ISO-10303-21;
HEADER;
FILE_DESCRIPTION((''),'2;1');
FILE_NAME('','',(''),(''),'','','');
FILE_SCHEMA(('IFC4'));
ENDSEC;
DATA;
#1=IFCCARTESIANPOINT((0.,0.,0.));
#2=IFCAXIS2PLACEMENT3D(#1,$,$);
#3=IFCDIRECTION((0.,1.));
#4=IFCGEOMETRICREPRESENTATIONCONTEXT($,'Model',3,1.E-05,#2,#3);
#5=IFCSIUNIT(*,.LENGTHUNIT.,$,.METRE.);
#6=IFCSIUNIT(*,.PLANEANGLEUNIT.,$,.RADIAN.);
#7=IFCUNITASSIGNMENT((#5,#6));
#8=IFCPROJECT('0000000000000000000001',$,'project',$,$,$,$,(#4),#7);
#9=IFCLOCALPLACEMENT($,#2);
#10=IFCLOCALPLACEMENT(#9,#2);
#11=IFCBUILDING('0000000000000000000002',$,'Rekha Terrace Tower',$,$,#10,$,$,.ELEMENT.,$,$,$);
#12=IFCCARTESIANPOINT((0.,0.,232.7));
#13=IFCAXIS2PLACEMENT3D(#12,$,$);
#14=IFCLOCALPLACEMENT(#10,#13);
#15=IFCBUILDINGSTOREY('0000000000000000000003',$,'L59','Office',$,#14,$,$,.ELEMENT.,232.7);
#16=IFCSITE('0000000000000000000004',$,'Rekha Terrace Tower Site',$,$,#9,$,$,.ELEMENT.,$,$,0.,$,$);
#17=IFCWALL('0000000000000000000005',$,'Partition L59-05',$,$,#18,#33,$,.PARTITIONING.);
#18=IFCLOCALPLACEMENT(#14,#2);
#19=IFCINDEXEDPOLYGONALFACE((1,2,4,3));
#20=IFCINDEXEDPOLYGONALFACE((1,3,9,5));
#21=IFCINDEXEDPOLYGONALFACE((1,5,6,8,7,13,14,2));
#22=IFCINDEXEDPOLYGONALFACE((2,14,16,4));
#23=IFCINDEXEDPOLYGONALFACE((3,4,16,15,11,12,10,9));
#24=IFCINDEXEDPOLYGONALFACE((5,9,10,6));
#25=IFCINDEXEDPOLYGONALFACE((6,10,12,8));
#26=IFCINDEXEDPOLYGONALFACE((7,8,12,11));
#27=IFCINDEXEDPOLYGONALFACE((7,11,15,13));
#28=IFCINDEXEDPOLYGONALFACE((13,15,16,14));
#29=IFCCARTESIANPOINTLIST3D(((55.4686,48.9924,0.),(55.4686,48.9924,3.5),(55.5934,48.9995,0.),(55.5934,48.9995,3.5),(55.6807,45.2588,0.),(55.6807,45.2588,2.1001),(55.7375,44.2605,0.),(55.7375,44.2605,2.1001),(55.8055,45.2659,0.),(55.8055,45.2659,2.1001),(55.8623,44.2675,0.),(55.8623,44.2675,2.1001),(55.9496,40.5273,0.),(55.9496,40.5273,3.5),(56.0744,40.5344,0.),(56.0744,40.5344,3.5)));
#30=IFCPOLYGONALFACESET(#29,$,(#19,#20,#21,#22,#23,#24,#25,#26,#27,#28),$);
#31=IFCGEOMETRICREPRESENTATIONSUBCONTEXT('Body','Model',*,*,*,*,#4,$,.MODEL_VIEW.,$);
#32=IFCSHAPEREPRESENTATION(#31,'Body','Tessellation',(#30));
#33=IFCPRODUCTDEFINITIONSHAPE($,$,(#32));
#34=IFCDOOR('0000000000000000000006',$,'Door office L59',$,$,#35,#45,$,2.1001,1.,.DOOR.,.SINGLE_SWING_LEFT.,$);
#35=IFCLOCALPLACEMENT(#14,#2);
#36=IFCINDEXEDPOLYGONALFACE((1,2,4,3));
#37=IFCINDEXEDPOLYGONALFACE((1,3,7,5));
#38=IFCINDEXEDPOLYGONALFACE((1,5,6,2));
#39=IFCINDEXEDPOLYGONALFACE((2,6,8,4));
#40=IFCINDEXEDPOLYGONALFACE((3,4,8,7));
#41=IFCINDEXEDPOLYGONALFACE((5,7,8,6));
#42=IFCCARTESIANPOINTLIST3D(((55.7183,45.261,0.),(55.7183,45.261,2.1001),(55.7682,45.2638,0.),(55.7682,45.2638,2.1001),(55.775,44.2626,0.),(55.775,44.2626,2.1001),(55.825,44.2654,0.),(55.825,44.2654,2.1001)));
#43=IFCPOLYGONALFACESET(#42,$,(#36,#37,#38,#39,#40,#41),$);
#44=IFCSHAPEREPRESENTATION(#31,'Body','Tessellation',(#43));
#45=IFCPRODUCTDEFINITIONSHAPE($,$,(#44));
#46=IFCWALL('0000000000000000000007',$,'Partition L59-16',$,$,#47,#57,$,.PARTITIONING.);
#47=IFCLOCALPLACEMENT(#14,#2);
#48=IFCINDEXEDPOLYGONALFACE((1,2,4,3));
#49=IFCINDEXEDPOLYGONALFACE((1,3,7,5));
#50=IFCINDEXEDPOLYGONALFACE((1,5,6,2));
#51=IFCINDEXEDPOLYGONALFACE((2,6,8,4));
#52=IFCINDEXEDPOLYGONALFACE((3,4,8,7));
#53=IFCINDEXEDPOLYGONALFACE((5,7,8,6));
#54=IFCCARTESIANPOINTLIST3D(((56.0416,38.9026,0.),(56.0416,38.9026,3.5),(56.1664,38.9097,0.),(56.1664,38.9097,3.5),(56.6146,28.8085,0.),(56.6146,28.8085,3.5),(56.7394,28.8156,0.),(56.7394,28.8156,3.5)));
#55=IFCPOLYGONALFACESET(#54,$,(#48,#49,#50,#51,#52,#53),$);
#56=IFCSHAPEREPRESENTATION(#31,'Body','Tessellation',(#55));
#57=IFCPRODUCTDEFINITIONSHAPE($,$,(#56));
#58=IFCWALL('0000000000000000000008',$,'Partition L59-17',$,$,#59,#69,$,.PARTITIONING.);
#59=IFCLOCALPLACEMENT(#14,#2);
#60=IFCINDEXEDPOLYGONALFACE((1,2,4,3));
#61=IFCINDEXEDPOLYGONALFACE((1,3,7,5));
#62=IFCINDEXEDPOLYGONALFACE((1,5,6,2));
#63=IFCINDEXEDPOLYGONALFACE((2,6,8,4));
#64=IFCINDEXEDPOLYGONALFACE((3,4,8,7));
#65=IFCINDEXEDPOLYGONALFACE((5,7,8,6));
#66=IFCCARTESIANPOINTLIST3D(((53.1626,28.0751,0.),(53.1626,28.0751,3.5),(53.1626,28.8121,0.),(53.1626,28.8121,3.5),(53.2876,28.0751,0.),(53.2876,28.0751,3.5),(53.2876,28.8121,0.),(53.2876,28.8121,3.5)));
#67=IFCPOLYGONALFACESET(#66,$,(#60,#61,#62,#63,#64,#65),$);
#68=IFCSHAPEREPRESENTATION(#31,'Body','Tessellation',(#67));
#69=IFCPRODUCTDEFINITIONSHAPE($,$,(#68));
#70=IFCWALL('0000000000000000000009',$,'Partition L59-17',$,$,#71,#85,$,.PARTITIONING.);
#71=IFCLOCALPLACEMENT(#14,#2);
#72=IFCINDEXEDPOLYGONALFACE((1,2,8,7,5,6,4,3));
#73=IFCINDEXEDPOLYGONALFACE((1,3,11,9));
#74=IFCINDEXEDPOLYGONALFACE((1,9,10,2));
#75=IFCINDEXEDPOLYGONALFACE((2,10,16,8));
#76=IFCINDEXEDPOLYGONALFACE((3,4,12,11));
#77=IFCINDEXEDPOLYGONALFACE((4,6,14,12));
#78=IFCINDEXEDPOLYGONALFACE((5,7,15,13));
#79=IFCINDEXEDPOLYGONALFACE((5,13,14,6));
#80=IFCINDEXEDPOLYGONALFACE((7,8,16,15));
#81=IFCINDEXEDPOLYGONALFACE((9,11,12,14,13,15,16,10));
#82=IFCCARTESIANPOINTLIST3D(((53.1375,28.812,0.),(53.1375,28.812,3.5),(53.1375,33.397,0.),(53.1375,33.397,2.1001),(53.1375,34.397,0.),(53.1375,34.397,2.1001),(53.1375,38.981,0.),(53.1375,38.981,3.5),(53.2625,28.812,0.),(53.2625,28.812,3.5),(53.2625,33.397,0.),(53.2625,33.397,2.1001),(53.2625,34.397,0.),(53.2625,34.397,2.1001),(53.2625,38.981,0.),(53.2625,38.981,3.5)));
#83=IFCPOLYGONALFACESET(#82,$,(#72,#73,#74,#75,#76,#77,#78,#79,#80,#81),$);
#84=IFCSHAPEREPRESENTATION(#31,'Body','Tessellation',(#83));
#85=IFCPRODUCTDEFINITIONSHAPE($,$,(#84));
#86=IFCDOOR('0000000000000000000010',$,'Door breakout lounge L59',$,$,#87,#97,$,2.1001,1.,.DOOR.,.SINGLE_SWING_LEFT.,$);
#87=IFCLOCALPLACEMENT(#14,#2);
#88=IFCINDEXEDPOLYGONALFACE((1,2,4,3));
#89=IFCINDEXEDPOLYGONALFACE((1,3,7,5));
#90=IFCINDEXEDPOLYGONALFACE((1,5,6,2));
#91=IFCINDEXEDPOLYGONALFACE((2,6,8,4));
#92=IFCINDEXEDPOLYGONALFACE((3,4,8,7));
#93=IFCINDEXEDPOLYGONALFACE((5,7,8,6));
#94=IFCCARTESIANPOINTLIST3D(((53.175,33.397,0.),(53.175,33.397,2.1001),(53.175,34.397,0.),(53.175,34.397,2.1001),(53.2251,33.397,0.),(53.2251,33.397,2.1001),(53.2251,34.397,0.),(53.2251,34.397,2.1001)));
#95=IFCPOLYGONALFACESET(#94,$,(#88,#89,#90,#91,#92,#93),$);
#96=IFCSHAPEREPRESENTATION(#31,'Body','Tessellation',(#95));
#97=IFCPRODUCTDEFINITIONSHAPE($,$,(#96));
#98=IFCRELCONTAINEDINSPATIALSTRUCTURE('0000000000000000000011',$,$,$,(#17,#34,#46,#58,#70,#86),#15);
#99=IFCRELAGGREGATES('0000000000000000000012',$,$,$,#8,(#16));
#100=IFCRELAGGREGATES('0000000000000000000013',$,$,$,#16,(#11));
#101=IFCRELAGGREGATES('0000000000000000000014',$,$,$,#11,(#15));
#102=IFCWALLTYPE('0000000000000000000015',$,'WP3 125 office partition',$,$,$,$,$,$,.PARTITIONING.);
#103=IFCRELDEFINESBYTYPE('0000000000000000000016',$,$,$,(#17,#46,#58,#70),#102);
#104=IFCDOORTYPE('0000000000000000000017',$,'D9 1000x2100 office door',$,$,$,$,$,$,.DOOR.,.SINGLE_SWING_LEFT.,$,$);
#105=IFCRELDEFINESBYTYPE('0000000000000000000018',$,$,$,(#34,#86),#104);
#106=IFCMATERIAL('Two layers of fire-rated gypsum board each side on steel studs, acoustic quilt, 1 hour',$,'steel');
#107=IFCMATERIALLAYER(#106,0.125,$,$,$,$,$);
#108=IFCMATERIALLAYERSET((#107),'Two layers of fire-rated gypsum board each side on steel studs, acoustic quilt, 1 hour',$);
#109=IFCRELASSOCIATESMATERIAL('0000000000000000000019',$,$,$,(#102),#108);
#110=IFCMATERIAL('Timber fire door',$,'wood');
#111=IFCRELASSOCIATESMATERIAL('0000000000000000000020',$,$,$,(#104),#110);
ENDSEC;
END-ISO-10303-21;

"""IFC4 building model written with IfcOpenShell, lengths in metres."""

from ifc_helpers import new_model, si_unit, direction, frame, frame_2d, origin, place, context, subcontext, project, spatial, rectangle, extrude, material, layer, layer_set, type_object, element, fill, save


model = new_model("IFC4")

# Units and contexts
model_context = context("Model", 3, precision=1e-05, world=origin(), true_north=direction((0.0, 1.0)))
body_context = subcontext(model_context, "Body", "Model", "MODEL_VIEW")
ifc_project = project(units=[si_unit("LENGTHUNIT", "METRE"), si_unit("PLANEANGLEUNIT", "RADIAN")], contexts=[model_context])

# Site, building, storey
site_placement = place(None, origin())
site = spatial("IfcSite", under=ifc_project, at=site_placement, Name="Rekha Terrace Tower Site", CompositionType="ELEMENT", RefElevation=0.0)
building_placement = place(site_placement, origin())
building = spatial("IfcBuilding", under=site, at=building_placement, Name="Rekha Terrace Tower", CompositionType="ELEMENT")
storey_placement = place(building_placement, frame((0.0, 0.0, 232.7)))
storey = spatial("IfcBuildingStorey", under=building, at=storey_placement, Name="L59", Description="Office", CompositionType="ELEMENT", Elevation=232.7)

# Shared definitions
ifc_material_1 = material(Name="Timber fire door", Category="wood")

# Shared definitions
ifc_material_2 = material(Name="Two layers of fire-rated gypsum board each side on steel studs, acoustic quilt, 1 hour", Category="steel")
ifc_layer_1 = layer(ifc_material_2, 0.125)
ifc_layer_set_1 = layer_set([ifc_layer_1], Name="Two layers of fire-rated gypsum board each side on steel studs, acoustic quilt, 1 hour")
wall_type_1 = type_object("IfcWallType", Name="WP3 125 office partition", PredefinedType="PARTITIONING", material=ifc_layer_set_1)

# Wall, opening, door
wall_1_placement = place(storey_placement, frame((56.012, 40.531, 0.0), z_axis=(0.0, 0.0, 1.0), x_axis=(-0.056725, 0.99839, 0.0)))
wall_1 = element("IfcWall", 1, at=wall_1_placement, inside=storey, type_object=wall_type_1, Name="Partition L59-05", PredefinedType="PARTITIONING", context=body_context, shape_type="SweptSolid", body=[
    extrude(rectangle(XDim=8.4788, YDim=0.125, at=frame_2d((4.2393, 0.0))), origin(), (0.0, 0.0, 1.0), 3.5),
])
opening_1_placement = place(wall_1_placement, frame((3.739, 0.0, 0.0)))
opening_1 = element("IfcOpeningElement", 2, at=opening_1_placement, cuts=wall_1, PredefinedType="OPENING", context=body_context, shape_type="SweptSolid", body=[
    extrude(rectangle(XDim=1.0, YDim=2.1001, at=frame_2d((0.5, 1.05))), frame((0.0, 0.0725, 0.0), z_axis=(0.0, -1.0, 0.0), x_axis=(1.0, 0.0, 0.0)), (0.0, 0.0, 1.0), 0.145),
])
door_type_1 = type_object("IfcDoorType", Name="D9 1000x2100 office door", OperationType="SINGLE_SWING_LEFT", PredefinedType="DOOR", material=ifc_material_1)
door_1_placement = place(opening_1_placement, origin())
door_1 = element("IfcDoor", 3, at=door_1_placement, inside=storey, type_object=door_type_1, Name="Door office L59", OperationType="SINGLE_SWING_LEFT", OverallHeight=2.1001, OverallWidth=1.0, PredefinedType="DOOR", context=body_context, shape_type="SweptSolid", body=[
    extrude(rectangle(XDim=1.0, YDim=2.1001, at=frame_2d((0.5, 1.05))), frame((0.0, 0.0249, 0.0), z_axis=(0.0, -1.0, 0.0), x_axis=(1.0, 0.0, 0.0)), (0.0, 0.0, 1.0), 0.05),
])
fill(opening_1, door_1)

# Walls
wall_2_placement = place(storey_placement, frame((56.677, 28.812, 0.0), z_axis=(0.0, 0.0, 1.0), x_axis=(-0.056675, 0.998393, 0.0)))
element("IfcWall", 4, at=wall_2_placement, inside=storey, type_object=wall_type_1, Name="Partition L59-16", PredefinedType="PARTITIONING", context=body_context, shape_type="SweptSolid", body=[
    extrude(rectangle(XDim=10.1104, YDim=0.125, at=frame_2d((5.0552, 0.0))), origin(), (0.0, 0.0, 1.0), 3.5),
])
wall_3_placement = place(storey_placement, frame((53.2251, 28.075, 0.0), z_axis=(0.0, 0.0, 1.0), x_axis=(0.0, 1.0, 0.0)))
element("IfcWall", 5, at=wall_3_placement, inside=storey, type_object=wall_type_1, Name="Partition L59-17", PredefinedType="PARTITIONING", context=body_context, shape_type="SweptSolid", body=[
    extrude(rectangle(XDim=0.7371, YDim=0.125, at=frame_2d((0.3687, 0.0))), origin(), (0.0, 0.0, 1.0), 3.5),
])

# Wall, opening, door
wall_4_placement = place(storey_placement, frame((53.2, 28.812, 0.0), z_axis=(0.0, 0.0, 1.0), x_axis=(0.0, 1.0, 0.0)))
wall_4 = element("IfcWall", 6, at=wall_4_placement, inside=storey, type_object=wall_type_1, Name="Partition L59-17", PredefinedType="PARTITIONING", context=body_context, shape_type="SweptSolid", body=[
    extrude(rectangle(XDim=10.1689, YDim=0.125, at=frame_2d((5.0845, 0.0))), origin(), (0.0, 0.0, 1.0), 3.5),
])
opening_2_placement = place(wall_4_placement, frame((4.585, 0.0, 0.0)))
opening_2 = element("IfcOpeningElement", 7, at=opening_2_placement, cuts=wall_4, PredefinedType="OPENING", context=body_context, shape_type="SweptSolid", body=[
    extrude(rectangle(XDim=1.0, YDim=2.1001, at=frame_2d((0.5, 1.05))), frame((0.0, 0.0725, 0.0), z_axis=(0.0, -1.0, 0.0), x_axis=(1.0, 0.0, 0.0)), (0.0, 0.0, 1.0), 0.145),
])
door_2_placement = place(opening_2_placement, origin())
door_2 = element("IfcDoor", 8, at=door_2_placement, inside=storey, type_object=door_type_1, Name="Door breakout lounge L59", OperationType="SINGLE_SWING_LEFT", OverallHeight=2.1001, OverallWidth=1.0, PredefinedType="DOOR", context=body_context, shape_type="SweptSolid", body=[
    extrude(rectangle(XDim=1.0, YDim=2.1001, at=frame_2d((0.5, 1.05))), frame((0.0, 0.0249, 0.0), z_axis=(0.0, -1.0, 0.0), x_axis=(1.0, 0.0, 0.0)), (0.0, 0.0, 1.0), 0.05),
])
fill(opening_2, door_2)

save(model, "model.ifc")
